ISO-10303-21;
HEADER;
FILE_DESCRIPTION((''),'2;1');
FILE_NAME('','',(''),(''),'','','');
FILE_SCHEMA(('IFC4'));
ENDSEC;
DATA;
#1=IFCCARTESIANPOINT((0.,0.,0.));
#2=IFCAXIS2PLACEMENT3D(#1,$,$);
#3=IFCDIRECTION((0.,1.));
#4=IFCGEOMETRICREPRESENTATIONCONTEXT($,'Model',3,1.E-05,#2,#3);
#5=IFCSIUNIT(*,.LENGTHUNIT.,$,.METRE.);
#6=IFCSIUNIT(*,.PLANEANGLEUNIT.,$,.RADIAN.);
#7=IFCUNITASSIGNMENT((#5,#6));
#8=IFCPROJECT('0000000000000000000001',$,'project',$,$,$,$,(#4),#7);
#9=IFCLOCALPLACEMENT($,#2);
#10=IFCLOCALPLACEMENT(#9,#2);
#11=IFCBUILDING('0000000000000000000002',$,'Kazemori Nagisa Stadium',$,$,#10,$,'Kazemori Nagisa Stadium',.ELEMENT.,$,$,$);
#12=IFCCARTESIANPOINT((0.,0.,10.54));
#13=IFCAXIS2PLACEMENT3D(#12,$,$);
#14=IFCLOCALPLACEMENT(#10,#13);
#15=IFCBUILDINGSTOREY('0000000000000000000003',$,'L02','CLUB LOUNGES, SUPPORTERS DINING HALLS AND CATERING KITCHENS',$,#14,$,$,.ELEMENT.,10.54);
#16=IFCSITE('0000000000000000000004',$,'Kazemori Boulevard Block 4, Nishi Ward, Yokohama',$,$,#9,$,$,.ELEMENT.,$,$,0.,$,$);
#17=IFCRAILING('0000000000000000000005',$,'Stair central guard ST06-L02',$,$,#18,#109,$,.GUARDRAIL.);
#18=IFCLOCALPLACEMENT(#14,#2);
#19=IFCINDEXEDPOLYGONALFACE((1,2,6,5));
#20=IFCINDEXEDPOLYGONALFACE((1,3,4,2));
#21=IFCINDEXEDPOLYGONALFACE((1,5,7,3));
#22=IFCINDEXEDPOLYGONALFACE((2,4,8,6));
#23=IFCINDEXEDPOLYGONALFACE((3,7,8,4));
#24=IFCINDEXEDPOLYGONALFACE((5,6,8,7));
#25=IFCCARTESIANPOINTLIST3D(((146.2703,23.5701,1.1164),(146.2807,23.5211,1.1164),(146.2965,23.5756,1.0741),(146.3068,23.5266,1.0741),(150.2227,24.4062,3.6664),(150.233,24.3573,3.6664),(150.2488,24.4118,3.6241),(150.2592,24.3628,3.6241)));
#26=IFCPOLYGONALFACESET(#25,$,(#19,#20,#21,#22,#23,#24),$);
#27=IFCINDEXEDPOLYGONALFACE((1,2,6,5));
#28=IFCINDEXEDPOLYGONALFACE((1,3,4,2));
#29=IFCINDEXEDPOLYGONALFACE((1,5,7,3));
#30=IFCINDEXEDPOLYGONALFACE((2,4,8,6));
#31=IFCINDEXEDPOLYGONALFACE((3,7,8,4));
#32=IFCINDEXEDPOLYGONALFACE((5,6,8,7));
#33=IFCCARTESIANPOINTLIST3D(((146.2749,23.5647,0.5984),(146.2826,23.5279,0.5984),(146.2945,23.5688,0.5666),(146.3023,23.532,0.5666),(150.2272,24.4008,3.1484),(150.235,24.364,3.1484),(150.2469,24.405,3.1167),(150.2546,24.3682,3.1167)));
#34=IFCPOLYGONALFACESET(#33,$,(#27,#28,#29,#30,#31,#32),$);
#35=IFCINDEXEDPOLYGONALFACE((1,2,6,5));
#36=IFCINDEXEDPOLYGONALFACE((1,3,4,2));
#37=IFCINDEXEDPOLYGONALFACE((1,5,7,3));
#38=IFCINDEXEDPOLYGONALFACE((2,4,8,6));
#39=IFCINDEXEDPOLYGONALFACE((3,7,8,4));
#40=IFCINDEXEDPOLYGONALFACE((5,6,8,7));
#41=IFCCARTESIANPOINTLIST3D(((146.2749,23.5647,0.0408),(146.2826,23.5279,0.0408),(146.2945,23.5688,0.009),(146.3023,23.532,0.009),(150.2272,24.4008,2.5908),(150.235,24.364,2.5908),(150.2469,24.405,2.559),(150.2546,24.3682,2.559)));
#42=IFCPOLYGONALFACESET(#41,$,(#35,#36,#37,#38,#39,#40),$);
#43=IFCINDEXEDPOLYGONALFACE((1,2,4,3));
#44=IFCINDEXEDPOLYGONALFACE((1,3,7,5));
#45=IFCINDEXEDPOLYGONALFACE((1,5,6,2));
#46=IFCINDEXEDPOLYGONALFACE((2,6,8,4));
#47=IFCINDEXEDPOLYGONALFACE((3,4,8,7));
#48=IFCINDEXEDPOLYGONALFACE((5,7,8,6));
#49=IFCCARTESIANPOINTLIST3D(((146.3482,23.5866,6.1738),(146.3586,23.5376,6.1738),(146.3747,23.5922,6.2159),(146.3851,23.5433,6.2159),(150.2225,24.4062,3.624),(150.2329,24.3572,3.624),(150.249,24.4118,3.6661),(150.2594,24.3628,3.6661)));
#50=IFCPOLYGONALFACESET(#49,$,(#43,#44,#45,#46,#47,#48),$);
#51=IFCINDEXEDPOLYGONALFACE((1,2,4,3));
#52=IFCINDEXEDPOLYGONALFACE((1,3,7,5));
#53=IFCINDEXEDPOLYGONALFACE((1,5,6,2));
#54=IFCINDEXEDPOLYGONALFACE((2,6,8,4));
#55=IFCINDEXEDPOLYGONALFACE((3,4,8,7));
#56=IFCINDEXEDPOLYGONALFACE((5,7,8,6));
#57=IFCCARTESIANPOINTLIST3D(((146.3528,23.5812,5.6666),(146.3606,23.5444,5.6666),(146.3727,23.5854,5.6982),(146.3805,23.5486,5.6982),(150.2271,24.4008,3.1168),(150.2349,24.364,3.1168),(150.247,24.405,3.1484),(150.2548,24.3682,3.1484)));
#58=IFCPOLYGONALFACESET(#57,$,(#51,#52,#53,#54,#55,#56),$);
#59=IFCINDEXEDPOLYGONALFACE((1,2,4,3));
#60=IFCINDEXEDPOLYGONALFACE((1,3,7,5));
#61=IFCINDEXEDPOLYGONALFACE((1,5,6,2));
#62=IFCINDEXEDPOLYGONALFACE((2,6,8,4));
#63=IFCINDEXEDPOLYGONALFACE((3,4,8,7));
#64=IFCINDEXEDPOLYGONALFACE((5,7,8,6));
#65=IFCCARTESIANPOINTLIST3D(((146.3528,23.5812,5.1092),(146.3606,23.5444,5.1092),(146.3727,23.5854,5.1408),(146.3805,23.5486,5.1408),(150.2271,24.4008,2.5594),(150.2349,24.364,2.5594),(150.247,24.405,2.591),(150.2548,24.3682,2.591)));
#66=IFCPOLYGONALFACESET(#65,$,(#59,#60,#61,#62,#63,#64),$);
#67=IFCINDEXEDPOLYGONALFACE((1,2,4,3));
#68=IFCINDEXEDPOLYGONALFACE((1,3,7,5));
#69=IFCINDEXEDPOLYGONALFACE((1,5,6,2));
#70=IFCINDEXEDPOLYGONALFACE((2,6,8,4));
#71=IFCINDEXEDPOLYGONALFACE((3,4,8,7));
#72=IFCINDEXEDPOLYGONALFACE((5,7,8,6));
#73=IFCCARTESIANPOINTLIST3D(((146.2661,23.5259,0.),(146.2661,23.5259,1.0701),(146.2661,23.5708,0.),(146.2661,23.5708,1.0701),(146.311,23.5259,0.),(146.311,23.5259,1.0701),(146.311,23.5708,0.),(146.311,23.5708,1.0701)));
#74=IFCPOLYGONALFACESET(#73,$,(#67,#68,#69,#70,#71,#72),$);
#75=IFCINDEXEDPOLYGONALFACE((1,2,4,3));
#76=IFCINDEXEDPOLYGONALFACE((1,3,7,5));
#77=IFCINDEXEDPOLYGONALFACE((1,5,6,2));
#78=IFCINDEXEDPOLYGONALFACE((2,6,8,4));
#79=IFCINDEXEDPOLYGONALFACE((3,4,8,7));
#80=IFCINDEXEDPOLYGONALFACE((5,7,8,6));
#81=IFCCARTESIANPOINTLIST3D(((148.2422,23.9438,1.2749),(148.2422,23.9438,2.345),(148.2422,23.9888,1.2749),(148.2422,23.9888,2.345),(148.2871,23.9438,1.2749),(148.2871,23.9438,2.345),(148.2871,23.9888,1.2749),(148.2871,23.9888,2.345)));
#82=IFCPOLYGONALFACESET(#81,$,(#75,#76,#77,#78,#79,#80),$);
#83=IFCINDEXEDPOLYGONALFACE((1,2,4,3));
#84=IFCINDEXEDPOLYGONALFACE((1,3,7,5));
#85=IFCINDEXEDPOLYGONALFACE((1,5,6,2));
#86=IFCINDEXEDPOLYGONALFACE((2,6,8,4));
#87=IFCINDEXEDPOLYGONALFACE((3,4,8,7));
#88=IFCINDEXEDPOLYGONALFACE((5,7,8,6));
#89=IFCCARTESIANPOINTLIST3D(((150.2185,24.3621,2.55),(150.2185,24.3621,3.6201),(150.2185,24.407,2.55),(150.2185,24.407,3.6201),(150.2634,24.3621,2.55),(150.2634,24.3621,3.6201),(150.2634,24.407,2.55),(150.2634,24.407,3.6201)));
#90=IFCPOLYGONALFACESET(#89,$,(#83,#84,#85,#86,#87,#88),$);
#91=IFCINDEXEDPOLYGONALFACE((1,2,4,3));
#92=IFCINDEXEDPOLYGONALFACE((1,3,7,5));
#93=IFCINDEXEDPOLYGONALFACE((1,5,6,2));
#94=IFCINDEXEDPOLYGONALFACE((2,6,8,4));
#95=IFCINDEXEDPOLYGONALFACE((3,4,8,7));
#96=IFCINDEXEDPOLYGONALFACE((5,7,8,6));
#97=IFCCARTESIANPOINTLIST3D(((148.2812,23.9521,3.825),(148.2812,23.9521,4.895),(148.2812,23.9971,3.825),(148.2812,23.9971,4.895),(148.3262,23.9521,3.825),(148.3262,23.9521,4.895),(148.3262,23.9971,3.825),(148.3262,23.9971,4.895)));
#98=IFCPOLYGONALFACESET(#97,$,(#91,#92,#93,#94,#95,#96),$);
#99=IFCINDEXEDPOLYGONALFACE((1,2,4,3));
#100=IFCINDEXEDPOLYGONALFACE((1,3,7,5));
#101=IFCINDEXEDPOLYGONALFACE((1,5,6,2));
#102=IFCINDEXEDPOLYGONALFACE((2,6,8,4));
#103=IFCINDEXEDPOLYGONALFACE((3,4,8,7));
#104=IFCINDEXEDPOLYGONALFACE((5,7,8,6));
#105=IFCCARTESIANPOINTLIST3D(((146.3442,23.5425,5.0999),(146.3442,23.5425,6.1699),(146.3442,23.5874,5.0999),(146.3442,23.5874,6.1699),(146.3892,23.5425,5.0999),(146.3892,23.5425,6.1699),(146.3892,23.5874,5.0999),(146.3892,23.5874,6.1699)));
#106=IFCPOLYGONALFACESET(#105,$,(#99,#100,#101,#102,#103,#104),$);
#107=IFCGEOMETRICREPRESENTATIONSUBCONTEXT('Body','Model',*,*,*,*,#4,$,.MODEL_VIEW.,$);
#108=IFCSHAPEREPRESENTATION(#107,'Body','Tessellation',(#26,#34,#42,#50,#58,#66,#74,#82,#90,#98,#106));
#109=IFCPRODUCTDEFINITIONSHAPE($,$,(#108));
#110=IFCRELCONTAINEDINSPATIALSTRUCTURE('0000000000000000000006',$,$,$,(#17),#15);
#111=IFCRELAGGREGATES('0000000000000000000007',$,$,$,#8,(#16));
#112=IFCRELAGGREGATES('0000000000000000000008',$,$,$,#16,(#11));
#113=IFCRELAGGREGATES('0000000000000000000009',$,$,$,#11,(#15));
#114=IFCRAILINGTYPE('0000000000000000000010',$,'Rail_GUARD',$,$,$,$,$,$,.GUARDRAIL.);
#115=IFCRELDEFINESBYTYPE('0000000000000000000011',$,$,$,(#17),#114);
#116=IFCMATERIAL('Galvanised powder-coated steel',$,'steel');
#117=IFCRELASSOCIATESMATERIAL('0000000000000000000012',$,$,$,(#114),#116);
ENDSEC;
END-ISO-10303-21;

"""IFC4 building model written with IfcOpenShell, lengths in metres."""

from ifc_helpers import new_model, si_unit, direction, frame, origin, origin_2d, place, context, subcontext, project, spatial, rectangle, extrude, material, type_object, element, save


model = new_model("IFC4")

# Units and contexts
model_context = context("Model", 3, precision=1e-05, world=origin(), true_north=direction((0.0, 1.0)))
body_context = subcontext(model_context, "Body", "Model", "MODEL_VIEW")
ifc_project = project(units=[si_unit("LENGTHUNIT", "METRE"), si_unit("PLANEANGLEUNIT", "RADIAN")], contexts=[model_context])

# Site, building, storey
site_placement = place(None, origin())
site = spatial("IfcSite", under=ifc_project, at=site_placement, Name="Kazemori Boulevard Block 4, Nishi Ward, Yokohama", CompositionType="ELEMENT", RefElevation=0.0)
building_placement = place(site_placement, origin())
building = spatial("IfcBuilding", under=site, at=building_placement, Name="Kazemori Nagisa Stadium", LongName="Kazemori Nagisa Stadium", CompositionType="ELEMENT")
storey_placement = place(building_placement, frame((0.0, 0.0, 10.54)))
storey = spatial("IfcBuildingStorey", under=building, at=storey_placement, Name="L02", Description="CLUB LOUNGES, SUPPORTERS DINING HALLS AND CATERING KITCHENS", CompositionType="ELEMENT", Elevation=10.54)

# Railing
ifc_material_1 = material(Name="Galvanised powder-coated steel", Category="steel")
railing_type_1 = type_object("IfcRailingType", Name="Rail_GUARD", PredefinedType="GUARDRAIL", material=ifc_material_1)
railing_1_placement = place(storey_placement, frame((146.2886, 23.5483, 0.0)))
element("IfcRailing", 1, at=railing_1_placement, inside=storey, type_object=railing_type_1, Name="Stair central guard ST06-L02", PredefinedType="GUARDRAIL", context=body_context, shape_type="SweptSolid", body=[
    extrude(rectangle(XDim=0.05, YDim=0.05, at=origin_2d()), frame((0.0, 0.0, 1.0952), z_axis=(0.827314, 0.175029, 0.533776), x_axis=(-0.206982, 0.978345, 0.0)), (0.0, 0.0, 1.0), 4.7773),
    extrude(rectangle(XDim=0.0376, YDim=0.0376, at=origin_2d()), frame((0.0, 0.0, 0.5825), z_axis=(0.827314, 0.175029, 0.533776), x_axis=(-0.206982, 0.978345, 0.0)), (0.0, 0.0, 1.0), 4.7773),
    extrude(rectangle(XDim=0.0376, YDim=0.0376, at=origin_2d()), frame((0.0, 0.0, 0.0249), z_axis=(0.827314, 0.175029, 0.533776), x_axis=(-0.206982, 0.978345, 0.0)), (0.0, 0.0, 1.0), 4.7773),
    extrude(rectangle(XDim=0.05, YDim=0.05, at=origin_2d()), frame((3.9524, 0.8362, 3.645), z_axis=(-0.822579, -0.174012, 0.541371), x_axis=(0.206964, -0.978349, 0.0)), (0.0, 0.0, 1.0), 4.71),
    extrude(rectangle(XDim=0.0376, YDim=0.0376, at=origin_2d()), frame((3.9524, 0.8362, 3.1326), z_axis=(-0.822579, -0.174012, 0.541371), x_axis=(0.206964, -0.978349, 0.0)), (0.0, 0.0, 1.0), 4.71),
    extrude(rectangle(XDim=0.0376, YDim=0.0376, at=origin_2d()), frame((3.9524, 0.8362, 2.5752), z_axis=(-0.822579, -0.174012, 0.541371), x_axis=(0.206964, -0.978349, 0.0)), (0.0, 0.0, 1.0), 4.71),
    extrude(rectangle(XDim=0.0449, YDim=0.0449, at=origin_2d()), origin(), (0.0, 0.0, 1.0), 1.0701),
    extrude(rectangle(XDim=0.0449, YDim=0.0449, at=origin_2d()), frame((1.9761, 0.418, 1.2749)), (0.0, 0.0, 1.0), 1.0701),
    extrude(rectangle(XDim=0.0449, YDim=0.0449, at=origin_2d()), frame((3.9524, 0.8362, 2.55)), (0.0, 0.0, 1.0), 1.0701),
    extrude(rectangle(XDim=0.0449, YDim=0.0449, at=origin_2d()), frame((2.0151, 0.4263, 3.825)), (0.0, 0.0, 1.0), 1.0701),
    extrude(rectangle(XDim=0.0449, YDim=0.0449, at=origin_2d()), frame((0.0781, 0.0166, 5.0999)), (0.0, 0.0, 1.0), 1.0701),
])

save(model, "model.ifc")
